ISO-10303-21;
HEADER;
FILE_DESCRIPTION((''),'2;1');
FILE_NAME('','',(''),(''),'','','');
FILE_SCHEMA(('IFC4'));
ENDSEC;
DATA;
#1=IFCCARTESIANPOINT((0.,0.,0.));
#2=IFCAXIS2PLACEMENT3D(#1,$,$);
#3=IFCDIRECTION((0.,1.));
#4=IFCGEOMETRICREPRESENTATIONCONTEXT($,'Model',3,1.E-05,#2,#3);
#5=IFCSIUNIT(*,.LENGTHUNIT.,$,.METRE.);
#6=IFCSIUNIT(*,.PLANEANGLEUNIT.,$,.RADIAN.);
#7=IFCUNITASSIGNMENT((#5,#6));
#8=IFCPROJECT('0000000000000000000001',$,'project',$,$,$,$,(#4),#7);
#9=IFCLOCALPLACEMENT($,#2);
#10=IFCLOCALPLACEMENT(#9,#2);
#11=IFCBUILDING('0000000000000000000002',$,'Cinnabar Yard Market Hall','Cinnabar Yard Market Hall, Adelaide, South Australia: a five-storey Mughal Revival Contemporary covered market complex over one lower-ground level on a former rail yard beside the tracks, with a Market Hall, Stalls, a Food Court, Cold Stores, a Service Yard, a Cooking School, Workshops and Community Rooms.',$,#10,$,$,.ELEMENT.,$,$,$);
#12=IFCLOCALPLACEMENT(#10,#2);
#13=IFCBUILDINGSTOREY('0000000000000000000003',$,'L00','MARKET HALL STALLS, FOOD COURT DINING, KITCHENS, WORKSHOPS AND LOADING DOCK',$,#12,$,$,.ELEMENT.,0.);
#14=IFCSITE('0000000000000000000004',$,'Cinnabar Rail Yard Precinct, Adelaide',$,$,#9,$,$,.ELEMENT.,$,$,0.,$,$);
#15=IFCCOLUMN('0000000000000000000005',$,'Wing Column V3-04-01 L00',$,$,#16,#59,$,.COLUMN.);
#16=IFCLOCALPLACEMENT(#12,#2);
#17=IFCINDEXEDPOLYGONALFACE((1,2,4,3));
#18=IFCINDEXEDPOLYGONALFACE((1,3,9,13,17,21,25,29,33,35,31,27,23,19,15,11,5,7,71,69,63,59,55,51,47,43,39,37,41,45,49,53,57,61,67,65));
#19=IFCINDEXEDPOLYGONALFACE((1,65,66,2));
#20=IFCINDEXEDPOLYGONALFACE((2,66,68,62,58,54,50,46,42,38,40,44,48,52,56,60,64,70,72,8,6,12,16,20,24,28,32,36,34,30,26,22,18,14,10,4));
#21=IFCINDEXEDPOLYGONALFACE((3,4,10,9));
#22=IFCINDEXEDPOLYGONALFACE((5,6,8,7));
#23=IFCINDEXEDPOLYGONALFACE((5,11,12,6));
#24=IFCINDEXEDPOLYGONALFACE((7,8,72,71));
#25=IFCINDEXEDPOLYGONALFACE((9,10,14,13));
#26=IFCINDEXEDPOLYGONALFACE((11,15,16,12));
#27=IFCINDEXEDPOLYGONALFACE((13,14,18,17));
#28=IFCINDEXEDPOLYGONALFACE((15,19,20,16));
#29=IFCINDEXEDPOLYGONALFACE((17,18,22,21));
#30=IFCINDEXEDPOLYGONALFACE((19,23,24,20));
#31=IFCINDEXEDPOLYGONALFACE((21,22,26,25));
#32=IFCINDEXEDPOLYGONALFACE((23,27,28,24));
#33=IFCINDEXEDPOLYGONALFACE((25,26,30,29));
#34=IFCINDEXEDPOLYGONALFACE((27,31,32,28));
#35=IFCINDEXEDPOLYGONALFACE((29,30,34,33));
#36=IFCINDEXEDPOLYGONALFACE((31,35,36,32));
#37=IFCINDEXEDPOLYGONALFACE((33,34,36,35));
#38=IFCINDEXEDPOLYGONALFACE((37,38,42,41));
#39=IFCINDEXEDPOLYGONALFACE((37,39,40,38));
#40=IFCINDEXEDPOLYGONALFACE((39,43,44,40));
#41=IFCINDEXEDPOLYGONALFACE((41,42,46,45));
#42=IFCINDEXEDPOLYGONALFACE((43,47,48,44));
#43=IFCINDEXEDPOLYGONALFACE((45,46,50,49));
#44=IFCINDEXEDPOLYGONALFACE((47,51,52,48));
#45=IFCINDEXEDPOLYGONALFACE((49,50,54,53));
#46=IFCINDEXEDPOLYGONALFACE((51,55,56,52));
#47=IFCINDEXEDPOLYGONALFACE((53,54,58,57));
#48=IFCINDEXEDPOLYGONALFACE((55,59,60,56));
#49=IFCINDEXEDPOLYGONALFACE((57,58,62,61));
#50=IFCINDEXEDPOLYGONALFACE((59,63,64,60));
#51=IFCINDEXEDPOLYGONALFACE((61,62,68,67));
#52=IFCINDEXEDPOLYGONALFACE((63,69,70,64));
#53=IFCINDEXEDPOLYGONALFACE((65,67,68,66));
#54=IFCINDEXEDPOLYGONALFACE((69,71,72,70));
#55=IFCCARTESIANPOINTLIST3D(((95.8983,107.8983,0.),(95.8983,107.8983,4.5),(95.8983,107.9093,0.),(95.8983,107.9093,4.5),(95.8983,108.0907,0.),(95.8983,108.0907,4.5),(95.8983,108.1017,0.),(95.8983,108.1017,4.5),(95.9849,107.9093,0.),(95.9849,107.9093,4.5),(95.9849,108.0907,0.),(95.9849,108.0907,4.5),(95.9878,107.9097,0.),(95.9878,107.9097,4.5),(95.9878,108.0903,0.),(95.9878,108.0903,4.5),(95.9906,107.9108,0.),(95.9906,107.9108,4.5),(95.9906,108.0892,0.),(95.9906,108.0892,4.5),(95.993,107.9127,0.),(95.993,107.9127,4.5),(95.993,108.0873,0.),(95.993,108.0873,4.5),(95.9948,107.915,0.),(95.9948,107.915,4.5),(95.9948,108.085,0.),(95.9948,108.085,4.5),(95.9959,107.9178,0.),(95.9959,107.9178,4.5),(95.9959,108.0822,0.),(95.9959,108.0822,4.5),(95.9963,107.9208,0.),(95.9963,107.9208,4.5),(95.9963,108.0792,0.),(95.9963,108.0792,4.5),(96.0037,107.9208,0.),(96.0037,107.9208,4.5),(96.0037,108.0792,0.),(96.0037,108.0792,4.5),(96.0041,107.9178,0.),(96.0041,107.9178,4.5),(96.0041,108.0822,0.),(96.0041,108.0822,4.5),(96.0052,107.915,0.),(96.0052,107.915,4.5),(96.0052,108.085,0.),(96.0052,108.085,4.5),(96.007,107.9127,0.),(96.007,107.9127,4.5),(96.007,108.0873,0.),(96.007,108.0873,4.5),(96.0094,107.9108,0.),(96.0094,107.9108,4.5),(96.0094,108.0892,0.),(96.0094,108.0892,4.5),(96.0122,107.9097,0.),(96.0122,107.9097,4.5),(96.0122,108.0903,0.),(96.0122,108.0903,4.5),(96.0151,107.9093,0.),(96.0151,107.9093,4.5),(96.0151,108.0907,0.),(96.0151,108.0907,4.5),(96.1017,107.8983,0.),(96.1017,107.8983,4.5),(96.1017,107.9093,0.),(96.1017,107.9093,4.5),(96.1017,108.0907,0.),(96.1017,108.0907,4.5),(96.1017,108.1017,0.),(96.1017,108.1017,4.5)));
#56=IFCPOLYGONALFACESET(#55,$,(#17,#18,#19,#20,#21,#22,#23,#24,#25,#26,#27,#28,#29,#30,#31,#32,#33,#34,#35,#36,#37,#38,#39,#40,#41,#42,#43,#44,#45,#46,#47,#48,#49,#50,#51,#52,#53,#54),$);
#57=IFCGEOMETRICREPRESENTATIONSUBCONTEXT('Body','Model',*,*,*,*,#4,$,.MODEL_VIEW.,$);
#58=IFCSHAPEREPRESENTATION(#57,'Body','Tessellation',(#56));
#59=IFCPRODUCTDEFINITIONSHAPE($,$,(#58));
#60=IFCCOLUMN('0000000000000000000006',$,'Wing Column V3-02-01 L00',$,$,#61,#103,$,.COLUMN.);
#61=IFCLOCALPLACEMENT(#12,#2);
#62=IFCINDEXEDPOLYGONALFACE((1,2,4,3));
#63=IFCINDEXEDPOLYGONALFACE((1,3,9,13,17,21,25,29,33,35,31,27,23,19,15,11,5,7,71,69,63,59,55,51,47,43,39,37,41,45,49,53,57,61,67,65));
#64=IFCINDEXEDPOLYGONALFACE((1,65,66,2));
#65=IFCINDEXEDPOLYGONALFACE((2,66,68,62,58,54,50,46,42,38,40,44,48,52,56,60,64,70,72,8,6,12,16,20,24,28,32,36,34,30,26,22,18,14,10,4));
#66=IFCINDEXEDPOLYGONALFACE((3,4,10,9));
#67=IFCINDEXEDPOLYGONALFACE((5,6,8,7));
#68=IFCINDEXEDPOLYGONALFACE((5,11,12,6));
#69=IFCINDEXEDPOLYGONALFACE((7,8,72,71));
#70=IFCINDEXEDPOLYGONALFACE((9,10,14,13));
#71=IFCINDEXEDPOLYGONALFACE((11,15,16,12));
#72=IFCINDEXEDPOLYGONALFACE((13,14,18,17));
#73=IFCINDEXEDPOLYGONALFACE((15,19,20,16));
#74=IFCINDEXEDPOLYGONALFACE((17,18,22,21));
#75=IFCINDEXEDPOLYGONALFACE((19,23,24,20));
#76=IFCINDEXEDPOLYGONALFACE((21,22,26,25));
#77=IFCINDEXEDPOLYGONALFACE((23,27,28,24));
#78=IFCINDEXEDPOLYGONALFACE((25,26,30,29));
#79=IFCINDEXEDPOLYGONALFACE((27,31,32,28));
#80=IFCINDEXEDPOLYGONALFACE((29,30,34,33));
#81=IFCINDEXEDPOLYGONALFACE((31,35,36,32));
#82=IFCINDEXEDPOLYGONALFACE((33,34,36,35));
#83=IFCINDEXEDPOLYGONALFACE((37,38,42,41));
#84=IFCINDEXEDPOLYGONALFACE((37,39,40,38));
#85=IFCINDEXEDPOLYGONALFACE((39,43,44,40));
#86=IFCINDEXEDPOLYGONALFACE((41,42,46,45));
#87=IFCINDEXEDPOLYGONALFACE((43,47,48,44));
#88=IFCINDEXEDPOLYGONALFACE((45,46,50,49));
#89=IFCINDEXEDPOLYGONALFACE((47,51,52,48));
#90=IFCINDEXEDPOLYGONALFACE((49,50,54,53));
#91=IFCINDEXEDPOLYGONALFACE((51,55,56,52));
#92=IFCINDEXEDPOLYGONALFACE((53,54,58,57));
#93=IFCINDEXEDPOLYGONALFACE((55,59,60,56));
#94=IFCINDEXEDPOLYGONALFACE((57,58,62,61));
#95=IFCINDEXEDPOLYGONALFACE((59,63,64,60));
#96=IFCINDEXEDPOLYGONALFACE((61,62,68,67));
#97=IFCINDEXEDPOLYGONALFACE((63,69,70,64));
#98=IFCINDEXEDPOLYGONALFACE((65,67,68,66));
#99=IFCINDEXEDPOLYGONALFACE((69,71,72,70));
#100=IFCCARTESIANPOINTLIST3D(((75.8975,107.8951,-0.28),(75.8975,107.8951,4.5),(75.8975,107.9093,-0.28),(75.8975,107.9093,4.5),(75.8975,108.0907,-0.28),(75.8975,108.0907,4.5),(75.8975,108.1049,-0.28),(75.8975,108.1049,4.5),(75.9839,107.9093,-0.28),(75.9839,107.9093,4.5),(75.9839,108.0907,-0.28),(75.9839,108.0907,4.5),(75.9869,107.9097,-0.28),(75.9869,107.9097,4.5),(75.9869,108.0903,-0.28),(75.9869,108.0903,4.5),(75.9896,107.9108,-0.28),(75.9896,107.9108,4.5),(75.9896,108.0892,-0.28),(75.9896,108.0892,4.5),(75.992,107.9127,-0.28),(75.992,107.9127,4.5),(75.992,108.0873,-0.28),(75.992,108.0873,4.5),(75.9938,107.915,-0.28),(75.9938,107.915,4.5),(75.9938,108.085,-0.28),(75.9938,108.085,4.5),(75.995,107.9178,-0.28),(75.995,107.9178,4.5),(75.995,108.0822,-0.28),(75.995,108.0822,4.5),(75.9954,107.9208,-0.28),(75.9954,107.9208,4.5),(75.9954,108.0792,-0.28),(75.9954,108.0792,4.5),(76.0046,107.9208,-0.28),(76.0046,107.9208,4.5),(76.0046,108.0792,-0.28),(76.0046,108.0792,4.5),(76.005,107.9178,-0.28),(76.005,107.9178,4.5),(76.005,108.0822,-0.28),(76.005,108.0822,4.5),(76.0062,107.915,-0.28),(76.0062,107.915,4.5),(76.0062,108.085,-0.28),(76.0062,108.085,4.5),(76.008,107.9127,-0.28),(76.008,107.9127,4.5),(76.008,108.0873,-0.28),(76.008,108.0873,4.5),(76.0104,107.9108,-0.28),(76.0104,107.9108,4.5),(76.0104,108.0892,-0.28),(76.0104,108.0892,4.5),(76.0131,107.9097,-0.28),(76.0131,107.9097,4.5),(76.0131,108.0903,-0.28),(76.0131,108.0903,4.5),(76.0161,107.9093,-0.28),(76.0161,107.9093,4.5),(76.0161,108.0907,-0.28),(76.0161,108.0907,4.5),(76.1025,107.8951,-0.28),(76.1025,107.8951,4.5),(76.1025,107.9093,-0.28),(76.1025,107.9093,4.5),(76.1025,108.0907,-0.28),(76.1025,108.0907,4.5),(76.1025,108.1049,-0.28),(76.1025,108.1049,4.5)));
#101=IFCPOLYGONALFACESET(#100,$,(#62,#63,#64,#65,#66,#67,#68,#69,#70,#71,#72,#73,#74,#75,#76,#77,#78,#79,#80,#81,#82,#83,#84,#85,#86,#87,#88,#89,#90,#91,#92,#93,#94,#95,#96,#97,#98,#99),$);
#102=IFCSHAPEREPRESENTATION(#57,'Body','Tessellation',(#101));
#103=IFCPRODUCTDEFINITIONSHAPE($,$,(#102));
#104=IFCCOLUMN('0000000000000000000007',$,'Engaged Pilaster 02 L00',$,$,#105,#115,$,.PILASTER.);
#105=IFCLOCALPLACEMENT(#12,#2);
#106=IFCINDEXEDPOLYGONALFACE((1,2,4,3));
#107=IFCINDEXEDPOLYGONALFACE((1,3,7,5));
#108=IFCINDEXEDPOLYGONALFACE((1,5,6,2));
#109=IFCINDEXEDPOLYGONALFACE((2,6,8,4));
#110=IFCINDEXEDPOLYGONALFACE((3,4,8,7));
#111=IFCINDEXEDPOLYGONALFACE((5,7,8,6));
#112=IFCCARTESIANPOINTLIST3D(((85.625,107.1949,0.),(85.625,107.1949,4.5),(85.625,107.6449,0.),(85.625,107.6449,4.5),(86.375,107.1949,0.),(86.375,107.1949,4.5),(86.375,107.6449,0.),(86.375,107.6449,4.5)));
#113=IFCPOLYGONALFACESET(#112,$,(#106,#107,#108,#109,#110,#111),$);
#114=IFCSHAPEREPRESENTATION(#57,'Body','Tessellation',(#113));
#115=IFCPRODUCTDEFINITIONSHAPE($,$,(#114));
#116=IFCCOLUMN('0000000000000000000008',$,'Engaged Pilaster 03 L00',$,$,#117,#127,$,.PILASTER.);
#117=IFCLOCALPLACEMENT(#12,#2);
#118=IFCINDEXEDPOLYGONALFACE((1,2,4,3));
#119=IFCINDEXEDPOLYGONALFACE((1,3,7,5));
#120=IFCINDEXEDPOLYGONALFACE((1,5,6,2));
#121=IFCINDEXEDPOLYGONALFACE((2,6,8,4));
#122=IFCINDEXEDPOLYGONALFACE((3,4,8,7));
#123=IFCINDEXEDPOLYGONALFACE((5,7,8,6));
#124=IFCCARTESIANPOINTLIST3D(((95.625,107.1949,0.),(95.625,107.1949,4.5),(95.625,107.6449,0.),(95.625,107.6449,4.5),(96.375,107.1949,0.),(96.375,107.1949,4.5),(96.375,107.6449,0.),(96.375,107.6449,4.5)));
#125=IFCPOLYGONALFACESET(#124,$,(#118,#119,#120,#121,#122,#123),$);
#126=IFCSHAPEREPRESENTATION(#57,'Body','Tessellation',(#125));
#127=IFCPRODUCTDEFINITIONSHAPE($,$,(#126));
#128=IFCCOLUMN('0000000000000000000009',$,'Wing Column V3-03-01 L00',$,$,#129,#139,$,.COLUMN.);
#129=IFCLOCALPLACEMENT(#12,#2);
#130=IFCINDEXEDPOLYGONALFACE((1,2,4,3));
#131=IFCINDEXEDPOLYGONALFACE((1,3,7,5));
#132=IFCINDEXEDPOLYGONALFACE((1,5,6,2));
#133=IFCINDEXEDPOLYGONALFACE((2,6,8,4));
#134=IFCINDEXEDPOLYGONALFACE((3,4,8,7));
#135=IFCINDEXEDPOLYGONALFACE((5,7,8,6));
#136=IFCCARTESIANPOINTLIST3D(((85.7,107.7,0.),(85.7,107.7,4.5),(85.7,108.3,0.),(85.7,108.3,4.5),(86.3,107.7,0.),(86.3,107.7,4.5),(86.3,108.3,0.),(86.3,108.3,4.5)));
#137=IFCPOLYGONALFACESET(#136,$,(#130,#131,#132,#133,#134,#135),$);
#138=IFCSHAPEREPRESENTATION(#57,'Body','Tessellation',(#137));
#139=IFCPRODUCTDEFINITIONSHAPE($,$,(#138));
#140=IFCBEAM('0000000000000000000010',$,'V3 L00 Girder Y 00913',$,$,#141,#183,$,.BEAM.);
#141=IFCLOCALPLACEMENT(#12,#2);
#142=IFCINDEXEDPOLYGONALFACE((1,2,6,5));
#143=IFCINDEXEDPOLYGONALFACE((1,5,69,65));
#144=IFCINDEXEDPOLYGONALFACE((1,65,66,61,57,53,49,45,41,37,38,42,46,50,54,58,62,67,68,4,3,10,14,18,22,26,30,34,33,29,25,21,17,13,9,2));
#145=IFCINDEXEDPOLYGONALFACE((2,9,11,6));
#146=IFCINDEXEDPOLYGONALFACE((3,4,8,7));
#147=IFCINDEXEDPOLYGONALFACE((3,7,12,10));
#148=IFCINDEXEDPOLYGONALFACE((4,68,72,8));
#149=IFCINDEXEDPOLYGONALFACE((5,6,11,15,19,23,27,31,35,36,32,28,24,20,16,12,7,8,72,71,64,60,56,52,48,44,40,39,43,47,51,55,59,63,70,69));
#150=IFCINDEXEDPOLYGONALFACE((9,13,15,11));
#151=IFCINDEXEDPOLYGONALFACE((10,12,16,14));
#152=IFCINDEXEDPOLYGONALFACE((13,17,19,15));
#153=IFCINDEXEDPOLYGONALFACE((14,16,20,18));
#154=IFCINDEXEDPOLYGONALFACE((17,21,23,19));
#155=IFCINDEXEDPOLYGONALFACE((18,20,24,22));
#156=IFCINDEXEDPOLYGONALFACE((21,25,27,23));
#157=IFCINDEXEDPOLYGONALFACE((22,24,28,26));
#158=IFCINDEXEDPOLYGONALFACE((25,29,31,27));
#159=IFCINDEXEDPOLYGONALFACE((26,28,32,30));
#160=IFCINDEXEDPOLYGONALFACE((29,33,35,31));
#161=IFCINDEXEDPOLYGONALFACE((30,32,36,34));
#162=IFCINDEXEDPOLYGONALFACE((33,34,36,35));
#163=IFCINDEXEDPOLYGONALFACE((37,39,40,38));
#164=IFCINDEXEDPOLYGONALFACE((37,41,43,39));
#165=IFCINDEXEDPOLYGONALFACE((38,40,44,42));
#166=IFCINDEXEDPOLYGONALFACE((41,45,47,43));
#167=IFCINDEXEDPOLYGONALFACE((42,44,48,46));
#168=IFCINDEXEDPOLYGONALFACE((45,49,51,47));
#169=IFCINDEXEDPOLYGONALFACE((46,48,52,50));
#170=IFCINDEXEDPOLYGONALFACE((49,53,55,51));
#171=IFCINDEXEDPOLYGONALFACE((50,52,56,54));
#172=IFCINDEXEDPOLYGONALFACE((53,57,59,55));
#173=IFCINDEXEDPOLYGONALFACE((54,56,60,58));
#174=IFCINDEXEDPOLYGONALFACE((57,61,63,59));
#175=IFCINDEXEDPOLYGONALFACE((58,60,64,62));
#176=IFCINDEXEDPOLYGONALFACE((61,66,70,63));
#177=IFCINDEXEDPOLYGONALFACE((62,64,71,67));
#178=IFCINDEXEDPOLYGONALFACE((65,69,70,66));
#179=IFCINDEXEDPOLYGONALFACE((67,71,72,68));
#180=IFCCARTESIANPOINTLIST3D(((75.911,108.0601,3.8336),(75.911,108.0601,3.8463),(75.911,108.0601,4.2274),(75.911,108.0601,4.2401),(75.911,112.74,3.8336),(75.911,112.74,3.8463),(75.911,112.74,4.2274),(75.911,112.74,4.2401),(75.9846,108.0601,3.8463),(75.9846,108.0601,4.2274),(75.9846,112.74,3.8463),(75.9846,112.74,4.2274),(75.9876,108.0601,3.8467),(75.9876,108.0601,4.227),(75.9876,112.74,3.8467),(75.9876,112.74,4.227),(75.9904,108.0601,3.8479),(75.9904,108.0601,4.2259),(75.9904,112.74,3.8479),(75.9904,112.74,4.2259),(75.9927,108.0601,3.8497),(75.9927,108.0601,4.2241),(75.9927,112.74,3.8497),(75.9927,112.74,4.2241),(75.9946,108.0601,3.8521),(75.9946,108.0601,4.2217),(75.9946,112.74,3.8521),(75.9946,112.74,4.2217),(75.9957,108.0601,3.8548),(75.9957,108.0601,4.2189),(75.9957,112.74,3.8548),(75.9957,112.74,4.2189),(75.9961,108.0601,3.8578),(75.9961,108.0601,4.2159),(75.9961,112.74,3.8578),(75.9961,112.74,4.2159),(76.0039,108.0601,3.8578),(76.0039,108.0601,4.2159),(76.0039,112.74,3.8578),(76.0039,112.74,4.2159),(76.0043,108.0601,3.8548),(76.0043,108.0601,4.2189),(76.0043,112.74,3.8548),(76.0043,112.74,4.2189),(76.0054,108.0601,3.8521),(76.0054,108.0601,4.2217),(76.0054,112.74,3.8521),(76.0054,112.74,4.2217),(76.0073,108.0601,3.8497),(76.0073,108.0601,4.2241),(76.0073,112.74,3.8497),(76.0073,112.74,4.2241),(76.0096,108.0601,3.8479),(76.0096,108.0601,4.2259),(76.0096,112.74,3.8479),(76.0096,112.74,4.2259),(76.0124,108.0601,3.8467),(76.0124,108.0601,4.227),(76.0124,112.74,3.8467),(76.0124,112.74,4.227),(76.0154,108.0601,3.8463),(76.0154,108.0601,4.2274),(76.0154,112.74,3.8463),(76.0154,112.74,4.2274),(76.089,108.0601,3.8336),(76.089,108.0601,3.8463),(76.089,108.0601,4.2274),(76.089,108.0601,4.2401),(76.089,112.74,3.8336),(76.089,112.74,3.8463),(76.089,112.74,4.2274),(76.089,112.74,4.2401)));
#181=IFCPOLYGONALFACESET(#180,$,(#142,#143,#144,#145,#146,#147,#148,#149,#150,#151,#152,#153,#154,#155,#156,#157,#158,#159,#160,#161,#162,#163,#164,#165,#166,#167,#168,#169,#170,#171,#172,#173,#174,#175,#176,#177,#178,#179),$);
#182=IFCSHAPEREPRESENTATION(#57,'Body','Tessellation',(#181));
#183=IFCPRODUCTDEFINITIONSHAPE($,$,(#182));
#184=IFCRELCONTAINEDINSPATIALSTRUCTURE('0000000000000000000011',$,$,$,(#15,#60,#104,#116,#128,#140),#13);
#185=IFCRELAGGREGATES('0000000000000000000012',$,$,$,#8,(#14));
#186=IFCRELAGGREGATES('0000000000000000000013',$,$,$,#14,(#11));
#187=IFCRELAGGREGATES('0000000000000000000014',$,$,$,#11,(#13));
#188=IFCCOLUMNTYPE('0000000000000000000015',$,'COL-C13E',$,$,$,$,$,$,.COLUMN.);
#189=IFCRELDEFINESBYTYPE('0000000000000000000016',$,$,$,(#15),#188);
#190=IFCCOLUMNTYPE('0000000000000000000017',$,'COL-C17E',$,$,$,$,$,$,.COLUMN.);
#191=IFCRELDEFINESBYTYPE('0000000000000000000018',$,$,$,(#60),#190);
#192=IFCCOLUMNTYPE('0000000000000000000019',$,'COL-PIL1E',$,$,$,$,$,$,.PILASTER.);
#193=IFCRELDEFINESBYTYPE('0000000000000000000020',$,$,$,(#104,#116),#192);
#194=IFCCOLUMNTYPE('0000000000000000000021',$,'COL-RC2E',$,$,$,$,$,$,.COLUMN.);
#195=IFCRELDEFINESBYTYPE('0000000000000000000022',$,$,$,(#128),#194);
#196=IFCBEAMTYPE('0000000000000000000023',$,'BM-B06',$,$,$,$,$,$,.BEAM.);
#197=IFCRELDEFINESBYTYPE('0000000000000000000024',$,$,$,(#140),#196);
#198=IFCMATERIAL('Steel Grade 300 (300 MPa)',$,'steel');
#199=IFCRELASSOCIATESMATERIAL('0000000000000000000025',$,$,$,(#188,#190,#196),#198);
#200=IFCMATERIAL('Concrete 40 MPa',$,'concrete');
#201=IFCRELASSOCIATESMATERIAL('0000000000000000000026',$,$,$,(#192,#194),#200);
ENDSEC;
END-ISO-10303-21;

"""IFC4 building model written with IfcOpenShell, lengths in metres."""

from ifc_helpers import new_model, si_unit, direction, frame, origin, origin_2d_with_axis, place, context, subcontext, project, spatial, rectangle, i_section, extrude, material, material_profile, profile_set, type_object, element, save


model = new_model("IFC4")

# Units and contexts
model_context = context("Model", 3, precision=1e-05, world=origin(), true_north=direction((0.0, 1.0)))
body_context = subcontext(model_context, "Body", "Model", "MODEL_VIEW")
ifc_project = project(units=[si_unit("LENGTHUNIT", "METRE"), si_unit("PLANEANGLEUNIT", "RADIAN")], contexts=[model_context])

# Site, building, storey
site_placement = place(None, origin())
site = spatial("IfcSite", under=ifc_project, at=site_placement, Name="Cinnabar Rail Yard Precinct, Adelaide", CompositionType="ELEMENT", RefElevation=0.0)
building_placement = place(site_placement, origin())
building = spatial("IfcBuilding", under=site, at=building_placement, Name="Cinnabar Yard Market Hall", Description="Cinnabar Yard Market Hall, Adelaide, South Australia: a five-storey Mughal Revival Contemporary covered market complex over one lower-ground level on a former rail yard beside the tracks, with a Market Hall, Stalls, a Food Court, Cold Stores, a Service Yard, a Cooking School, Workshops and Community Rooms.", CompositionType="ELEMENT")
storey_placement = place(building_placement, origin())
storey = spatial("IfcBuildingStorey", under=building, at=storey_placement, Name="L00", Description="MARKET HALL STALLS, FOOD COURT DINING, KITCHENS, WORKSHOPS AND LOADING DOCK", CompositionType="ELEMENT", Elevation=0.0)

# Columns
ifc_material_1 = material(Name="Steel Grade 300 (300 MPa)", Category="steel")
ifc_material_profile_1 = material_profile(ifc_material_1, i_section(OverallWidth=0.2034, OverallDepth=0.2034, WebThickness=0.0073, FlangeThickness=0.011, FilletRadius=0.0115, at=origin_2d_with_axis()), Name="200UC46.2")
ifc_profile_set_1 = profile_set([ifc_material_profile_1], Name="Steel Grade 300 (300 MPa)")
column_type_1 = type_object("IfcColumnType", Name="COL-C13E", PredefinedType="COLUMN", material=ifc_profile_set_1)
column_1_placement = place(storey_placement, frame((96.0, 108.0, 0.0), z_axis=(0.0, 0.0, 1.0), x_axis=(1.0, 0.0, 0.0)))
element("IfcColumn", 1, at=column_1_placement, inside=storey, type_object=column_type_1, Name="Wing Column V3-04-01 L00", PredefinedType="COLUMN", context=body_context, shape_type="SweptSolid", body=[
    extrude(i_section(OverallWidth=0.2034, OverallDepth=0.2034, WebThickness=0.0073, FlangeThickness=0.011, FilletRadius=0.0115, at=origin_2d_with_axis()), origin(), (0.0, 0.0, 1.0), 4.5),
])
ifc_material_profile_2 = material_profile(ifc_material_1, i_section(OverallWidth=0.2051, OverallDepth=0.2097, WebThickness=0.0093, FlangeThickness=0.0142, FilletRadius=0.0115, at=origin_2d_with_axis()), Name="200UC59.5")
ifc_profile_set_2 = profile_set([ifc_material_profile_2], Name="Steel Grade 300 (300 MPa)")
column_type_2 = type_object("IfcColumnType", Name="COL-C17E", PredefinedType="COLUMN", material=ifc_profile_set_2)
column_2_placement = place(storey_placement, frame((76.0, 108.0, -0.28), z_axis=(0.0, 0.0, 1.0), x_axis=(1.0, 0.0, 0.0)))
element("IfcColumn", 2, at=column_2_placement, inside=storey, type_object=column_type_2, Name="Wing Column V3-02-01 L00", PredefinedType="COLUMN", context=body_context, shape_type="SweptSolid", body=[
    extrude(i_section(OverallWidth=0.2051, OverallDepth=0.2097, WebThickness=0.0093, FlangeThickness=0.0142, FilletRadius=0.0115, at=origin_2d_with_axis()), origin(), (0.0, 0.0, 1.0), 4.78),
])
ifc_material_2 = material(Name="Concrete 40 MPa", Category="concrete")
ifc_material_profile_3 = material_profile(ifc_material_2, rectangle(XDim=0.75, YDim=0.45, at=origin_2d_with_axis()), Name="RC-750x450")
ifc_profile_set_3 = profile_set([ifc_material_profile_3], Name="Concrete 40 MPa")
column_type_3 = type_object("IfcColumnType", Name="COL-PIL1E", PredefinedType="PILASTER", material=ifc_profile_set_3)
for number, where, z_axis, x_axis, name in (
    (3, (86.0, 107.4199, 0.0), (0.0, 0.0, 1.0), (1.0, 0.0, 0.0), "Engaged Pilaster 02 L00"),
    (4, (96.0, 107.4199, 0.0), (0.0, 0.0, 1.0), (1.0, 0.0, 0.0), "Engaged Pilaster 03 L00"),
):
    element("IfcColumn", number, at=place(storey_placement, frame(where, z_axis=z_axis, x_axis=x_axis)), inside=storey, type_object=column_type_3, Name=name, PredefinedType="PILASTER", context=body_context, shape_type="SweptSolid", body=[
        extrude(rectangle(XDim=0.75, YDim=0.45, at=origin_2d_with_axis()), origin(), (0.0, 0.0, 1.0), 4.5),
    ])
ifc_material_profile_4 = material_profile(ifc_material_2, rectangle(XDim=0.6001, YDim=0.6001, at=origin_2d_with_axis()), Name="RC-600x600")
ifc_profile_set_4 = profile_set([ifc_material_profile_4], Name="Concrete 40 MPa")
column_type_4 = type_object("IfcColumnType", Name="COL-RC2E", PredefinedType="COLUMN", material=ifc_profile_set_4)
column_3_placement = place(storey_placement, frame((86.0, 108.0, 0.0), z_axis=(0.0, 0.0, 1.0), x_axis=(1.0, 0.0, 0.0)))
element("IfcColumn", 5, at=column_3_placement, inside=storey, type_object=column_type_4, Name="Wing Column V3-03-01 L00", PredefinedType="COLUMN", context=body_context, shape_type="SweptSolid", body=[
    extrude(rectangle(XDim=0.6001, YDim=0.6001, at=origin_2d_with_axis()), origin(), (0.0, 0.0, 1.0), 4.5),
])

# Beam
ifc_material_profile_5 = material_profile(ifc_material_1, i_section(OverallWidth=0.178, OverallDepth=0.4065, WebThickness=0.0078, FlangeThickness=0.0127, FilletRadius=0.0115, at=origin_2d_with_axis()), Name="410UB59.7")
ifc_profile_set_5 = profile_set([ifc_material_profile_5], Name="Steel Grade 300 (300 MPa)")
beam_type_1 = type_object("IfcBeamType", Name="BM-B06", PredefinedType="BEAM", material=ifc_profile_set_5)
for number, where, z_axis, x_axis, name in (
    (6, (76.0, 108.0601, 4.0369), (0.0, 1.0, 0.0), (-1.0, 0.0, 0.0), "V3 L00 Girder Y 00913"),
):
    element("IfcBeam", number, at=place(storey_placement, frame(where, z_axis=z_axis, x_axis=x_axis)), inside=storey, type_object=beam_type_1, Name=name, PredefinedType="BEAM", context=body_context, shape_type="SweptSolid", body=[
        extrude(i_section(OverallWidth=0.178, OverallDepth=0.4065, WebThickness=0.0078, FlangeThickness=0.0127, FilletRadius=0.0115, at=origin_2d_with_axis()), origin(), (0.0, 0.0, 1.0), 4.6799),
    ])

save(model, "model.ifc")
